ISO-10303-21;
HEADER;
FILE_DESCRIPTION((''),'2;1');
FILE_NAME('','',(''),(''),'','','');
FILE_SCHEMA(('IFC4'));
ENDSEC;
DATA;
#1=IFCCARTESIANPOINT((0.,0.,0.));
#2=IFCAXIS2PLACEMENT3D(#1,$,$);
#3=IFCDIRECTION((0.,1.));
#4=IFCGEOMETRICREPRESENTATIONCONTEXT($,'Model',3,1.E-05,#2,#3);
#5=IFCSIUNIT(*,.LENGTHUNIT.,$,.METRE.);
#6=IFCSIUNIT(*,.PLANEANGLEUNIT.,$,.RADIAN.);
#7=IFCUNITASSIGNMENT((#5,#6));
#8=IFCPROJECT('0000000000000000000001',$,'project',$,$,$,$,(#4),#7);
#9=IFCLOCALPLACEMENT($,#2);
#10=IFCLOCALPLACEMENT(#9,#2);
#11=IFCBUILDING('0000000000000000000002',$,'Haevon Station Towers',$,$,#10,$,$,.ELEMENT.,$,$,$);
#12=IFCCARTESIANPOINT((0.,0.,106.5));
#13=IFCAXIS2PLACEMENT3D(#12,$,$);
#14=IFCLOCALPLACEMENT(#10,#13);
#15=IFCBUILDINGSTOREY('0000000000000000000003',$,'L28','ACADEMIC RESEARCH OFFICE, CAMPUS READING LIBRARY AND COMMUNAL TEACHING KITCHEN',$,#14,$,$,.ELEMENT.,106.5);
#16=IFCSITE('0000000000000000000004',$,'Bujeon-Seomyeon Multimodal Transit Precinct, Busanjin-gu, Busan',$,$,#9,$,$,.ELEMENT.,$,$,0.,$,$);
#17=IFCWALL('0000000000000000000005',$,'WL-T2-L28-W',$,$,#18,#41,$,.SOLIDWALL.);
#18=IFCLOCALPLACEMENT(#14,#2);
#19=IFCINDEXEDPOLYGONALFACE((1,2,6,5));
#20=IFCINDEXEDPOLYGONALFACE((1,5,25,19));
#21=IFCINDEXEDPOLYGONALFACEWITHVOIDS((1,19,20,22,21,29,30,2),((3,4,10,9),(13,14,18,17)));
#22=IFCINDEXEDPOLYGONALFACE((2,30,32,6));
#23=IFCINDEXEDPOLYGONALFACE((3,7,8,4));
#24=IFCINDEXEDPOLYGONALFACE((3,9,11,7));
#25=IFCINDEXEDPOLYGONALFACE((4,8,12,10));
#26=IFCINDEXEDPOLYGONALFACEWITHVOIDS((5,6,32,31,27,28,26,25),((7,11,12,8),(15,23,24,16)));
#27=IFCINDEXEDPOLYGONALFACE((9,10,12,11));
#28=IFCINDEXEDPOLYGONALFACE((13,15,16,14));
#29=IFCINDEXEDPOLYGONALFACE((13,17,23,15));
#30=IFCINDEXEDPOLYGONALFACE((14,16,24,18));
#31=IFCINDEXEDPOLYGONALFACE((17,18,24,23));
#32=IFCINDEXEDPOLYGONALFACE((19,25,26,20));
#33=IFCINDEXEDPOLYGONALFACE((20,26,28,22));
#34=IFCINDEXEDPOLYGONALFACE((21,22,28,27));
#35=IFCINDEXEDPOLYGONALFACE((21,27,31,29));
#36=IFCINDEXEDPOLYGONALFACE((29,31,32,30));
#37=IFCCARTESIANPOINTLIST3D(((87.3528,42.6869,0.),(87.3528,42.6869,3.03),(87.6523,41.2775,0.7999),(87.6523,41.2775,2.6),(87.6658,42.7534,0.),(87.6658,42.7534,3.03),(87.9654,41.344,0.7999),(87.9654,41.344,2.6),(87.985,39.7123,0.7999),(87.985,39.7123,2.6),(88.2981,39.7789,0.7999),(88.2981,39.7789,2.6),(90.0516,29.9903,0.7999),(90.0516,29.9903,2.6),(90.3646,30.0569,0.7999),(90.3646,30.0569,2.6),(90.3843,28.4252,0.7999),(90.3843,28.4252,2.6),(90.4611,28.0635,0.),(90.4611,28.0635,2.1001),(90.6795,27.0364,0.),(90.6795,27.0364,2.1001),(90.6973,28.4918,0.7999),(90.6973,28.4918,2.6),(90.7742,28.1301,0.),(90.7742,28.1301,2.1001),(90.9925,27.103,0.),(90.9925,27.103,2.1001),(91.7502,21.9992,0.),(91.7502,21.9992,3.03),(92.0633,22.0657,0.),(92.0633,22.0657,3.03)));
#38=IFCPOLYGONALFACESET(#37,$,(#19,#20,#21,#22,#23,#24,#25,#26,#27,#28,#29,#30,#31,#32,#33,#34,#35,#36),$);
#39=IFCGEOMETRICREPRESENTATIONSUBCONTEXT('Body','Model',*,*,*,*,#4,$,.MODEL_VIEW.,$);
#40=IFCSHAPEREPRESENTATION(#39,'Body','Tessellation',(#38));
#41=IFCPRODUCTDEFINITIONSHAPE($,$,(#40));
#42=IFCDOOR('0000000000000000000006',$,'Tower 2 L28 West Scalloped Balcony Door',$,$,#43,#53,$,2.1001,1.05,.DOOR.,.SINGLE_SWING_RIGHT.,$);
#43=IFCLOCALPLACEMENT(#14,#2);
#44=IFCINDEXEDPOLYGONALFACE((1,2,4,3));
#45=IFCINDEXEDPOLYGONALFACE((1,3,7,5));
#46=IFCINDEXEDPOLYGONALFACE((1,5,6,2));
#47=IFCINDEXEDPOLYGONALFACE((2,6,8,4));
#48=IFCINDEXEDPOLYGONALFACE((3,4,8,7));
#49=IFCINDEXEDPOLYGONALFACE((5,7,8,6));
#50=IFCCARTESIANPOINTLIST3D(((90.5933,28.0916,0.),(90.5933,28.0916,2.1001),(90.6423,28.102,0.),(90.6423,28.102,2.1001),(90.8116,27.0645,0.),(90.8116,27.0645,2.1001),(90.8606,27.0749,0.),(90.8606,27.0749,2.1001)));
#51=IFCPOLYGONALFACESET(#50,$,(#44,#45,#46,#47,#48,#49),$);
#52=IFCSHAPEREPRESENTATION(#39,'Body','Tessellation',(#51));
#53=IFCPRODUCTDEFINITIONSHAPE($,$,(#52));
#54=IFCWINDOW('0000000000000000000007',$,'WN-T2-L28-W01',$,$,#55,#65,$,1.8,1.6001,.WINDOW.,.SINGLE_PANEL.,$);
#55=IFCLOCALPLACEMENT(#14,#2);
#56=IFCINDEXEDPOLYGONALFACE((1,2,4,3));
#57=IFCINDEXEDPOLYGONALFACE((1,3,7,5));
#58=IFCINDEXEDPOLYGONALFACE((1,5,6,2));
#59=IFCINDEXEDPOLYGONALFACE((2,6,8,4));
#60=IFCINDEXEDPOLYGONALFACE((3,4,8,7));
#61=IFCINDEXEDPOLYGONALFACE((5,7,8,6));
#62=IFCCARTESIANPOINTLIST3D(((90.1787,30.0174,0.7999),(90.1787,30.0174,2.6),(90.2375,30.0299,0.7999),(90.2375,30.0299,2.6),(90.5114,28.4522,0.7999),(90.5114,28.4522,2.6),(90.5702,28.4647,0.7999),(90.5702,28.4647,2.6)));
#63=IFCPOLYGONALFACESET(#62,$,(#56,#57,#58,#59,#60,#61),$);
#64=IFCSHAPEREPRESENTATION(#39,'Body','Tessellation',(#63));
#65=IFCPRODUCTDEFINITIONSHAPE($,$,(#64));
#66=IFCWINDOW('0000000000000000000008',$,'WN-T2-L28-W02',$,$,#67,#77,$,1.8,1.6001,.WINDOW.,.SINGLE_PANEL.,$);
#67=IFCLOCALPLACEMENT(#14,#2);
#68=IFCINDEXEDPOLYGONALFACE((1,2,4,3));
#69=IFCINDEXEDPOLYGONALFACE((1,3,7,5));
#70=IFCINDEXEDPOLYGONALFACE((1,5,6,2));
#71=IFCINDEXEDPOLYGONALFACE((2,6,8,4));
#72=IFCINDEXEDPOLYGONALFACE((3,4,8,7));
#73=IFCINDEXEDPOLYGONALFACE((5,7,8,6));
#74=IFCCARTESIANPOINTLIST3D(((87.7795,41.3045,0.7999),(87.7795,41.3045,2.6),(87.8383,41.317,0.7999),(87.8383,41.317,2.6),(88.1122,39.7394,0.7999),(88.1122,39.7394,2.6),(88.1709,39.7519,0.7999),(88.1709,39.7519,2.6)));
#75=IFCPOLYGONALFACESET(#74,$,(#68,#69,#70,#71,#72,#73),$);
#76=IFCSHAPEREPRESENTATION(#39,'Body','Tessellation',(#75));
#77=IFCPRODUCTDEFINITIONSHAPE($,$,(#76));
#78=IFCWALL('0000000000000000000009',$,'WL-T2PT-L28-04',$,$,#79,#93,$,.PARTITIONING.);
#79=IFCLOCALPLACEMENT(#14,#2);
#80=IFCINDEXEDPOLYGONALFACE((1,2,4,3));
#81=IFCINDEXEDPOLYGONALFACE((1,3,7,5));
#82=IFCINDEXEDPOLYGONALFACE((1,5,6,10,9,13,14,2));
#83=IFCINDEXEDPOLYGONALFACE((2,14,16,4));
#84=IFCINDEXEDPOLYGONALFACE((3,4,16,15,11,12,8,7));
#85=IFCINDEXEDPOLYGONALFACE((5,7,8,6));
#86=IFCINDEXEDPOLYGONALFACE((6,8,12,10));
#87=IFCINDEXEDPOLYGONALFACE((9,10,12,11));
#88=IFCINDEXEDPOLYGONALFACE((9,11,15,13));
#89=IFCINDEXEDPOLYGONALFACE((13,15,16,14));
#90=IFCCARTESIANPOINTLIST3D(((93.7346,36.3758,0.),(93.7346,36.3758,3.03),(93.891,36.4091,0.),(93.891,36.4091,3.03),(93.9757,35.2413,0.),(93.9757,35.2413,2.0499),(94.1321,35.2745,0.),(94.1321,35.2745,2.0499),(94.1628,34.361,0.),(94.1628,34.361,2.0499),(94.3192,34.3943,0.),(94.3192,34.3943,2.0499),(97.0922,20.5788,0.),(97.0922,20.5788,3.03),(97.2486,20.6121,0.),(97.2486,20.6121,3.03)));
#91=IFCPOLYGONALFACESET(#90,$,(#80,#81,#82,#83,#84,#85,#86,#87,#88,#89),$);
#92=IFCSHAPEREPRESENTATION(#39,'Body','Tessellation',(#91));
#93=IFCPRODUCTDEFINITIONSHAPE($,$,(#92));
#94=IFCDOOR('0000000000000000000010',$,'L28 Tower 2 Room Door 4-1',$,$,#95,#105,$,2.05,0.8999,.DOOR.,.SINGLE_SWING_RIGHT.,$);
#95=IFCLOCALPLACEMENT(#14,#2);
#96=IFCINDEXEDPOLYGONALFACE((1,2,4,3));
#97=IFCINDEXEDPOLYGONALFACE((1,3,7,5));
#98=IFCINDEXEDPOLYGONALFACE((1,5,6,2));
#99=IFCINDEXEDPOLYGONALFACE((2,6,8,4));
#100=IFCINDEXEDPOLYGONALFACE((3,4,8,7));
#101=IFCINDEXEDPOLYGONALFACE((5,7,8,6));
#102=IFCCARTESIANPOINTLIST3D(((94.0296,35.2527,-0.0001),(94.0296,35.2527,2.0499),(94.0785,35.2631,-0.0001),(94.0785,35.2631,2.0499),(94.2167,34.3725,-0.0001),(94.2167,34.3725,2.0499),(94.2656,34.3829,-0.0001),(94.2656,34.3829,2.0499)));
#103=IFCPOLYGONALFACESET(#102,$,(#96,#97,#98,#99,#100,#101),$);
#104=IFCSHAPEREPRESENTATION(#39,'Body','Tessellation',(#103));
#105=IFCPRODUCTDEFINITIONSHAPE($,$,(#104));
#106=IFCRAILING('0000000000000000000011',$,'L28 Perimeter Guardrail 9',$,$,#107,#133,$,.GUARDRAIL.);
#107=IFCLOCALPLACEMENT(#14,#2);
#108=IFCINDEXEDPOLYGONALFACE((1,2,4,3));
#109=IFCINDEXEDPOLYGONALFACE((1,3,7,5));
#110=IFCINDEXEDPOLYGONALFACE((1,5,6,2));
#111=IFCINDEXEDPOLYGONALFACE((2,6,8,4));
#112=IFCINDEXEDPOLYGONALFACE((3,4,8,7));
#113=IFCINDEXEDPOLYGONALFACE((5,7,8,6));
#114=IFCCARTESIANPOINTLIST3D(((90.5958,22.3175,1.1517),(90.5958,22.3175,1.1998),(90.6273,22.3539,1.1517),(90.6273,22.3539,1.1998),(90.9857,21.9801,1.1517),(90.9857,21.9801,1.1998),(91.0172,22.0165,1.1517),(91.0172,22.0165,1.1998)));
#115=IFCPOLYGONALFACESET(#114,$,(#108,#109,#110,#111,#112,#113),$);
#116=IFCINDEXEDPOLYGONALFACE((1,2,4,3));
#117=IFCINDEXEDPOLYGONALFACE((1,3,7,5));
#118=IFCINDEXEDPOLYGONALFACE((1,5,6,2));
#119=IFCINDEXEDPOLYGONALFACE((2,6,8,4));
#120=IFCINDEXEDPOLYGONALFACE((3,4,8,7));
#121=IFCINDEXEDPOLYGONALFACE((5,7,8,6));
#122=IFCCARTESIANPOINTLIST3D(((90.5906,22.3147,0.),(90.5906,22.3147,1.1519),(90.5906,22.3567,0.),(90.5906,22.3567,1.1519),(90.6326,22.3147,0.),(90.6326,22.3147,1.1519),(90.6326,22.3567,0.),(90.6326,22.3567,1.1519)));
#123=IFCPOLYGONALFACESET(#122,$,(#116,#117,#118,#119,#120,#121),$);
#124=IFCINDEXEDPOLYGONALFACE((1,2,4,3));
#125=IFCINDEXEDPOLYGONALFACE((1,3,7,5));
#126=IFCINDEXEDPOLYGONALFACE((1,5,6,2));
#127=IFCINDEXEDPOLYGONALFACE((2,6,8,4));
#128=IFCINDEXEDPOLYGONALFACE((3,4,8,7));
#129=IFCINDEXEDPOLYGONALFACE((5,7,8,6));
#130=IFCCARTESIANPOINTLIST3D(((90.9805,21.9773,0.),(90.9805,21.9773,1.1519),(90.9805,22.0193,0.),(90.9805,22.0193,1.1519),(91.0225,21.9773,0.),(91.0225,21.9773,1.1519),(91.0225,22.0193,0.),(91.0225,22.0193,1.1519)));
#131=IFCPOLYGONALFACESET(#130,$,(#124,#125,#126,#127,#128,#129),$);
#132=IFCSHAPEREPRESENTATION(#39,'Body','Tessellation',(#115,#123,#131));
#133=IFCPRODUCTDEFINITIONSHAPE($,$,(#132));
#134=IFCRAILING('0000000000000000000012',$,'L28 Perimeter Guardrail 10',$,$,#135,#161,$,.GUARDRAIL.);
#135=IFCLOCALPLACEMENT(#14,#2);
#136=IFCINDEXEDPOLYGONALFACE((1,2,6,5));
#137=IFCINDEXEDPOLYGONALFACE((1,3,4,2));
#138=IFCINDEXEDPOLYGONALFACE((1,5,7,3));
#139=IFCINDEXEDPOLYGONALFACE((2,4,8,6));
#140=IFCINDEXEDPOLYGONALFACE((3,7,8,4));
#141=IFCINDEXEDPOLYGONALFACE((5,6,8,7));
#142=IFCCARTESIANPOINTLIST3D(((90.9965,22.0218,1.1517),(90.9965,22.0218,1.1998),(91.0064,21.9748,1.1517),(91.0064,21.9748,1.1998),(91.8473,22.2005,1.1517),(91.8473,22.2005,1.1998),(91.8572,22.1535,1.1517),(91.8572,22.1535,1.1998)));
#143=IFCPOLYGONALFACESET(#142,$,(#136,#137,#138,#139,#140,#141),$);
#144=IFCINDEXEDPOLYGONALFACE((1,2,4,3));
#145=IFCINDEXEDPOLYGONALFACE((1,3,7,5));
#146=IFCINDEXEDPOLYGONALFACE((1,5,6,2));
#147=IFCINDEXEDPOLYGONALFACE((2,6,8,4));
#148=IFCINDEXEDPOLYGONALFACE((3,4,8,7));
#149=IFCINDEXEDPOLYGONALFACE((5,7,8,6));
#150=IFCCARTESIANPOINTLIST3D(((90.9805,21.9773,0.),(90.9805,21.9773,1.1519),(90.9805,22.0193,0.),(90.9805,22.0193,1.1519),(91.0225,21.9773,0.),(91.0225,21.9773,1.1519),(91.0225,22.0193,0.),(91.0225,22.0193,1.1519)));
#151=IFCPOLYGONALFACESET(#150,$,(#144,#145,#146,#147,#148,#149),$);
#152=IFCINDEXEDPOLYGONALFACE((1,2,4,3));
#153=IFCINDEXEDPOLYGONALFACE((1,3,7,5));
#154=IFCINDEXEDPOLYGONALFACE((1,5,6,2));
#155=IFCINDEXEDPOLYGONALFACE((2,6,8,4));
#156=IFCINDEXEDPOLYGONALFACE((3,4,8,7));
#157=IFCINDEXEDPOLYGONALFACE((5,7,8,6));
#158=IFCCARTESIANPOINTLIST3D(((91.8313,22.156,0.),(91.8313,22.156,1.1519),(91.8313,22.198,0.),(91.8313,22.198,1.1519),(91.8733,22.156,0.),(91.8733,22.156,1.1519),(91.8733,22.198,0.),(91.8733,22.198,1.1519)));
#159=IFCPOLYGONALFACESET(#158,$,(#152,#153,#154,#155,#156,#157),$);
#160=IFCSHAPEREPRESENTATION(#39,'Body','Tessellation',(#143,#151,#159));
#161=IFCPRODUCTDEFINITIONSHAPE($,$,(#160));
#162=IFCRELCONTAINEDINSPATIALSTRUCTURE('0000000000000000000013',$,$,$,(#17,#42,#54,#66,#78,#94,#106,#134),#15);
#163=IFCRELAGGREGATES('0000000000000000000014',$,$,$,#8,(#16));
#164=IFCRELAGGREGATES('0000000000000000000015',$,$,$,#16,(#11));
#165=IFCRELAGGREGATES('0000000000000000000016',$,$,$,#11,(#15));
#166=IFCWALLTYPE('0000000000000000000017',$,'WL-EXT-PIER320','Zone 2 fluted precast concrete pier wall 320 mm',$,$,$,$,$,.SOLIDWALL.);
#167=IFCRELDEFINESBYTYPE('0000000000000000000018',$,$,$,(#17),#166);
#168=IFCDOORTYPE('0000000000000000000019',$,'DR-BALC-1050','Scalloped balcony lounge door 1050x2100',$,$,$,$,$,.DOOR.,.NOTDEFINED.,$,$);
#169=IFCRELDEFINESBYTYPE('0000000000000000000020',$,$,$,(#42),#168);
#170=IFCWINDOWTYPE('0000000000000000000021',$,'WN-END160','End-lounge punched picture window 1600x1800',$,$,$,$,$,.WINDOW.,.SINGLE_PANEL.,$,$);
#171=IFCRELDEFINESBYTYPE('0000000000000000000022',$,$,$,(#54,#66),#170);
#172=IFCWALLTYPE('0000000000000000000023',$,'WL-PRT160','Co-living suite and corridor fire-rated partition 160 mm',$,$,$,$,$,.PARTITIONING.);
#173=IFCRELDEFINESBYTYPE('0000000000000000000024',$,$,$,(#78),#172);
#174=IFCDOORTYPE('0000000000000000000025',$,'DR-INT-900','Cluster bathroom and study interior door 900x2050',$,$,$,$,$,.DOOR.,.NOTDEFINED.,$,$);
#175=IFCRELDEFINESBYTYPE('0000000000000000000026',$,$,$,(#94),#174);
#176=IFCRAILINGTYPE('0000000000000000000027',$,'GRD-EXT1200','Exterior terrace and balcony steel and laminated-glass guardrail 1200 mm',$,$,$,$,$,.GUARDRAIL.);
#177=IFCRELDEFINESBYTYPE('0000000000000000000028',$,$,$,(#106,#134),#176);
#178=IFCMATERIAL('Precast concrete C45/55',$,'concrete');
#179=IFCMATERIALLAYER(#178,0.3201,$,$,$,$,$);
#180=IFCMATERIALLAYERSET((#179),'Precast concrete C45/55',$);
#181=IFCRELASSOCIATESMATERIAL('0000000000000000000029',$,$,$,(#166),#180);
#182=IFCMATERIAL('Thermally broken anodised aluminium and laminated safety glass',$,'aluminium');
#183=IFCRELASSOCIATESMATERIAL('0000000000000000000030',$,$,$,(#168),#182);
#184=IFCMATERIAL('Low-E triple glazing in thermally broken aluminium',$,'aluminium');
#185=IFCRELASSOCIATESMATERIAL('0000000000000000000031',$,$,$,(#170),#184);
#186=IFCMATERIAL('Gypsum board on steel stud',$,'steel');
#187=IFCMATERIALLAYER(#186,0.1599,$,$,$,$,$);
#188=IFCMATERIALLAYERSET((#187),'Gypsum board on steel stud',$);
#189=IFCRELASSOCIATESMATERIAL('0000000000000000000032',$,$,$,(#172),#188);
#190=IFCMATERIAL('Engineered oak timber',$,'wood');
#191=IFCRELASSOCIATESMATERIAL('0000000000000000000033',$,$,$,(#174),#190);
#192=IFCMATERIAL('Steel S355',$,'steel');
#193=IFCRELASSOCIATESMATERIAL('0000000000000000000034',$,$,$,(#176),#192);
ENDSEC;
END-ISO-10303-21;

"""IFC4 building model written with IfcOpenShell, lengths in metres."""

from ifc_helpers import new_model, si_unit, direction, frame, frame_2d, origin, origin_2d, place, context, subcontext, project, spatial, rectangle, extrude, material, layer, layer_set, type_object, element, fill, save


model = new_model("IFC4")

# Units and contexts
model_context = context("Model", 3, precision=1e-05, world=origin(), true_north=direction((0.0, 1.0)))
body_context = subcontext(model_context, "Body", "Model", "MODEL_VIEW")
ifc_project = project(units=[si_unit("LENGTHUNIT", "METRE"), si_unit("PLANEANGLEUNIT", "RADIAN")], contexts=[model_context])

# Site, building, storey
site_placement = place(None, origin())
site = spatial("IfcSite", under=ifc_project, at=site_placement, Name="Bujeon-Seomyeon Multimodal Transit Precinct, Busanjin-gu, Busan", CompositionType="ELEMENT", RefElevation=0.0)
building_placement = place(site_placement, origin())
building = spatial("IfcBuilding", under=site, at=building_placement, Name="Haevon Station Towers", CompositionType="ELEMENT")
storey_placement = place(building_placement, frame((0.0, 0.0, 106.5)))
storey = spatial("IfcBuildingStorey", under=building, at=storey_placement, Name="L28", Description="ACADEMIC RESEARCH OFFICE, CAMPUS READING LIBRARY AND COMMUNAL TEACHING KITCHEN", CompositionType="ELEMENT", Elevation=106.5)

# Shared definitions
ifc_material_1 = material(Name="Steel S355", Category="steel")

# Shared definitions
ifc_material_2 = material(Name="Precast concrete C45/55", Category="concrete")
ifc_layer_1 = layer(ifc_material_2, 0.3201)
ifc_layer_set_1 = layer_set([ifc_layer_1], Name="Precast concrete C45/55")
wall_type_1 = type_object("IfcWallType", Name="WL-EXT-PIER320", Description="Zone 2 fluted precast concrete pier wall 320 mm", PredefinedType="SOLIDWALL", material=ifc_layer_set_1)

# Wall, openings, door, windows
wall_1_placement = place(storey_placement, frame((91.9067, 22.0325, 0.0), z_axis=(0.0, 0.0, 1.0), x_axis=(-0.207918, 0.978146, 0.0)))
wall_1 = element("IfcWall", 1, at=wall_1_placement, inside=storey, type_object=wall_type_1, Name="WL-T2-L28-W", PredefinedType="SOLIDWALL", context=body_context, shape_type="SweptSolid", body=[
    extrude(rectangle(XDim=21.1499, YDim=0.3201, at=frame_2d((10.575, 0.0))), origin(), (0.0, 0.0, 1.0), 3.03),
])
opening_1_placement = place(wall_1_placement, frame((5.1499, 0.0, 0.0)))
opening_1 = element("IfcOpeningElement", 2, at=opening_1_placement, cuts=wall_1, PredefinedType="OPENING", context=body_context, shape_type="SweptSolid", body=[
    extrude(rectangle(XDim=1.05, YDim=2.1001, at=frame_2d((0.5249, 1.05))), frame((0.0, 0.1699, 0.0), z_axis=(0.0, -1.0, 0.0), x_axis=(1.0, 0.0, 0.0)), (0.0, 0.0, 1.0), 0.3401),
])
opening_2_placement = place(wall_1_placement, frame((6.5696, 0.0, 0.8)))
opening_2 = element("IfcOpeningElement", 3, at=opening_2_placement, cuts=wall_1, PredefinedType="OPENING", context=body_context, shape_type="SweptSolid", body=[
    extrude(rectangle(XDim=1.6001, YDim=1.8, at=frame_2d((0.8, 0.8999))), frame((0.0, 0.1699, 0.0), z_axis=(0.0, -1.0, 0.0), x_axis=(1.0, 0.0, 0.0)), (0.0, 0.0, 1.0), 0.3401),
])
opening_3_placement = place(wall_1_placement, frame((18.1089, 0.0, 0.8)))
opening_3 = element("IfcOpeningElement", 4, at=opening_3_placement, cuts=wall_1, PredefinedType="OPENING", context=body_context, shape_type="SweptSolid", body=[
    extrude(rectangle(XDim=1.6001, YDim=1.8, at=frame_2d((0.8, 0.8999))), frame((0.0, 0.1699, 0.0), z_axis=(0.0, -1.0, 0.0), x_axis=(1.0, 0.0, 0.0)), (0.0, 0.0, 1.0), 0.3401),
])
ifc_material_3 = material(Name="Thermally broken anodised aluminium and laminated safety glass", Category="aluminium")
door_type_1 = type_object("IfcDoorType", Name="DR-BALC-1050", Description="Scalloped balcony lounge door 1050x2100", OperationType="NOTDEFINED", PredefinedType="DOOR", material=ifc_material_3)
door_1_placement = place(opening_1_placement, origin())
door_1 = element("IfcDoor", 5, at=door_1_placement, inside=storey, type_object=door_type_1, Name="Tower 2 L28 West Scalloped Balcony Door", OperationType="SINGLE_SWING_RIGHT", OverallHeight=2.1001, OverallWidth=1.05, PredefinedType="DOOR", context=body_context, shape_type="SweptSolid", body=[
    extrude(rectangle(XDim=1.05, YDim=2.1001, at=frame_2d((0.5249, 1.05))), frame((0.0, 0.0249, 0.0), z_axis=(0.0, -1.0, 0.0), x_axis=(1.0, 0.0, 0.0)), (0.0, 0.0, 1.0), 0.05),
])
fill(opening_1, door_1)
ifc_material_4 = material(Name="Low-E triple glazing in thermally broken aluminium", Category="aluminium")
window_type = type_object("IfcWindowType", Name="WN-END160", Description="End-lounge punched picture window 1600x1800", PartitioningType="SINGLE_PANEL", PredefinedType="WINDOW", material=ifc_material_4)
window_1_placement = place(opening_2_placement, origin())
window_1 = element("IfcWindow", 6, at=window_1_placement, inside=storey, type_object=window_type, Name="WN-T2-L28-W01", OverallHeight=1.8, OverallWidth=1.6001, PartitioningType="SINGLE_PANEL", PredefinedType="WINDOW", context=body_context, shape_type="SweptSolid", body=[
    extrude(rectangle(XDim=1.6001, YDim=1.8, at=frame_2d((0.8, 0.8999))), frame((0.0, 0.03, 0.0), z_axis=(0.0, -1.0, 0.0), x_axis=(1.0, 0.0, 0.0)), (0.0, 0.0, 1.0), 0.0601),
])
fill(opening_2, window_1)
window_2_placement = place(opening_3_placement, origin())
window_2 = element("IfcWindow", 7, at=window_2_placement, inside=storey, type_object=window_type, Name="WN-T2-L28-W02", OverallHeight=1.8, OverallWidth=1.6001, PartitioningType="SINGLE_PANEL", PredefinedType="WINDOW", context=body_context, shape_type="SweptSolid", body=[
    extrude(rectangle(XDim=1.6001, YDim=1.8, at=frame_2d((0.8, 0.8999))), frame((0.0, 0.03, 0.0), z_axis=(0.0, -1.0, 0.0), x_axis=(1.0, 0.0, 0.0)), (0.0, 0.0, 1.0), 0.0601),
])
fill(opening_3, window_2)

# Wall, opening, door
ifc_material_5 = material(Name="Gypsum board on steel stud", Category="steel")
ifc_layer_2 = layer(ifc_material_5, 0.1599)
ifc_layer_set_2 = layer_set([ifc_layer_2], Name="Gypsum board on steel stud")
wall_type_2 = type_object("IfcWallType", Name="WL-PRT160", Description="Co-living suite and corridor fire-rated partition 160 mm", PredefinedType="PARTITIONING", material=ifc_layer_set_2)
wall_2_placement = place(storey_placement, frame((97.1704, 20.5955, 0.0), z_axis=(0.0, 0.0, 1.0), x_axis=(-0.207905, 0.978149, 0.0)))
wall_2 = element("IfcWall", 8, at=wall_2_placement, inside=storey, type_object=wall_type_2, Name="WL-T2PT-L28-04", PredefinedType="PARTITIONING", context=body_context, shape_type="SweptSolid", body=[
    extrude(rectangle(XDim=16.1499, YDim=0.1599, at=frame_2d((8.075, 0.0))), origin(), (0.0, 0.0, 1.0), 3.03),
])
opening_4_placement = place(wall_2_placement, frame((14.0901, 0.0, 0.0)))
opening_4 = element("IfcOpeningElement", 9, at=opening_4_placement, cuts=wall_2, PredefinedType="OPENING", context=body_context, shape_type="SweptSolid", body=[
    extrude(rectangle(XDim=0.8999, YDim=2.05, at=frame_2d((0.45, 1.0249))), frame((0.0, 0.0898, 0.0), z_axis=(0.0, -1.0, 0.0), x_axis=(1.0, 0.0, 0.0)), (0.0, 0.0, 1.0), 0.1799),
])
ifc_material_6 = material(Name="Engineered oak timber", Category="wood")
door_type_2 = type_object("IfcDoorType", Name="DR-INT-900", Description="Cluster bathroom and study interior door 900x2050", OperationType="NOTDEFINED", PredefinedType="DOOR", material=ifc_material_6)
door_2_placement = place(opening_4_placement, origin())
door_2 = element("IfcDoor", 10, at=door_2_placement, inside=storey, type_object=door_type_2, Name="L28 Tower 2 Room Door 4-1", OperationType="SINGLE_SWING_RIGHT", OverallHeight=2.05, OverallWidth=0.8999, PredefinedType="DOOR", context=body_context, shape_type="SweptSolid", body=[
    extrude(rectangle(XDim=0.8999, YDim=2.05, at=frame_2d((0.45, 1.0249))), frame((0.0, 0.0249, 0.0), z_axis=(0.0, -1.0, 0.0), x_axis=(1.0, 0.0, 0.0)), (0.0, 0.0, 1.0), 0.05),
])
fill(opening_4, door_2)

# Railings
railing_type = type_object("IfcRailingType", Name="GRD-EXT1200", Description="Exterior terrace and balcony steel and laminated-glass guardrail 1200 mm", PredefinedType="GUARDRAIL", material=ifc_material_1)
railing_1_placement = place(storey_placement, frame((90.6116, 22.3357, 0.0)))
element("IfcRailing", 11, at=railing_1_placement, inside=storey, type_object=railing_type, Name="L28 Perimeter Guardrail 9", PredefinedType="GUARDRAIL", context=body_context, shape_type="SweptSolid", body=[
    extrude(rectangle(XDim=0.0481, YDim=0.0481, at=origin_2d()), frame((0.0, 0.0, 1.1758), z_axis=(0.756173, -0.654372, 0.0), x_axis=(0.654372, 0.756173, 0.0)), (0.0, 0.0, 1.0), 0.5156),
    extrude(rectangle(XDim=0.042, YDim=0.042, at=origin_2d()), origin(), (0.0, 0.0, 1.0), 1.1519),
    extrude(rectangle(XDim=0.042, YDim=0.042, at=origin_2d()), frame((0.3899, -0.3374, 0.0)), (0.0, 0.0, 1.0), 1.1519),
])
railing_2_placement = place(storey_placement, frame((91.0015, 21.9983, 0.0)))
element("IfcRailing", 12, at=railing_2_placement, inside=storey, type_object=railing_type, Name="L28 Perimeter Guardrail 10", PredefinedType="GUARDRAIL", context=body_context, shape_type="SweptSolid", body=[
    extrude(rectangle(XDim=0.0481, YDim=0.0481, at=origin_2d()), frame((0.0, 0.0, 1.1758), z_axis=(0.978645, 0.205558, 0.0), x_axis=(-0.205558, 0.978645, 0.0)), (0.0, 0.0, 1.0), 0.8694),
    extrude(rectangle(XDim=0.042, YDim=0.042, at=origin_2d()), origin(), (0.0, 0.0, 1.0), 1.1519),
    extrude(rectangle(XDim=0.042, YDim=0.042, at=origin_2d()), frame((0.8508, 0.1787, 0.0)), (0.0, 0.0, 1.0), 1.1519),
])

save(model, "model.ifc")
